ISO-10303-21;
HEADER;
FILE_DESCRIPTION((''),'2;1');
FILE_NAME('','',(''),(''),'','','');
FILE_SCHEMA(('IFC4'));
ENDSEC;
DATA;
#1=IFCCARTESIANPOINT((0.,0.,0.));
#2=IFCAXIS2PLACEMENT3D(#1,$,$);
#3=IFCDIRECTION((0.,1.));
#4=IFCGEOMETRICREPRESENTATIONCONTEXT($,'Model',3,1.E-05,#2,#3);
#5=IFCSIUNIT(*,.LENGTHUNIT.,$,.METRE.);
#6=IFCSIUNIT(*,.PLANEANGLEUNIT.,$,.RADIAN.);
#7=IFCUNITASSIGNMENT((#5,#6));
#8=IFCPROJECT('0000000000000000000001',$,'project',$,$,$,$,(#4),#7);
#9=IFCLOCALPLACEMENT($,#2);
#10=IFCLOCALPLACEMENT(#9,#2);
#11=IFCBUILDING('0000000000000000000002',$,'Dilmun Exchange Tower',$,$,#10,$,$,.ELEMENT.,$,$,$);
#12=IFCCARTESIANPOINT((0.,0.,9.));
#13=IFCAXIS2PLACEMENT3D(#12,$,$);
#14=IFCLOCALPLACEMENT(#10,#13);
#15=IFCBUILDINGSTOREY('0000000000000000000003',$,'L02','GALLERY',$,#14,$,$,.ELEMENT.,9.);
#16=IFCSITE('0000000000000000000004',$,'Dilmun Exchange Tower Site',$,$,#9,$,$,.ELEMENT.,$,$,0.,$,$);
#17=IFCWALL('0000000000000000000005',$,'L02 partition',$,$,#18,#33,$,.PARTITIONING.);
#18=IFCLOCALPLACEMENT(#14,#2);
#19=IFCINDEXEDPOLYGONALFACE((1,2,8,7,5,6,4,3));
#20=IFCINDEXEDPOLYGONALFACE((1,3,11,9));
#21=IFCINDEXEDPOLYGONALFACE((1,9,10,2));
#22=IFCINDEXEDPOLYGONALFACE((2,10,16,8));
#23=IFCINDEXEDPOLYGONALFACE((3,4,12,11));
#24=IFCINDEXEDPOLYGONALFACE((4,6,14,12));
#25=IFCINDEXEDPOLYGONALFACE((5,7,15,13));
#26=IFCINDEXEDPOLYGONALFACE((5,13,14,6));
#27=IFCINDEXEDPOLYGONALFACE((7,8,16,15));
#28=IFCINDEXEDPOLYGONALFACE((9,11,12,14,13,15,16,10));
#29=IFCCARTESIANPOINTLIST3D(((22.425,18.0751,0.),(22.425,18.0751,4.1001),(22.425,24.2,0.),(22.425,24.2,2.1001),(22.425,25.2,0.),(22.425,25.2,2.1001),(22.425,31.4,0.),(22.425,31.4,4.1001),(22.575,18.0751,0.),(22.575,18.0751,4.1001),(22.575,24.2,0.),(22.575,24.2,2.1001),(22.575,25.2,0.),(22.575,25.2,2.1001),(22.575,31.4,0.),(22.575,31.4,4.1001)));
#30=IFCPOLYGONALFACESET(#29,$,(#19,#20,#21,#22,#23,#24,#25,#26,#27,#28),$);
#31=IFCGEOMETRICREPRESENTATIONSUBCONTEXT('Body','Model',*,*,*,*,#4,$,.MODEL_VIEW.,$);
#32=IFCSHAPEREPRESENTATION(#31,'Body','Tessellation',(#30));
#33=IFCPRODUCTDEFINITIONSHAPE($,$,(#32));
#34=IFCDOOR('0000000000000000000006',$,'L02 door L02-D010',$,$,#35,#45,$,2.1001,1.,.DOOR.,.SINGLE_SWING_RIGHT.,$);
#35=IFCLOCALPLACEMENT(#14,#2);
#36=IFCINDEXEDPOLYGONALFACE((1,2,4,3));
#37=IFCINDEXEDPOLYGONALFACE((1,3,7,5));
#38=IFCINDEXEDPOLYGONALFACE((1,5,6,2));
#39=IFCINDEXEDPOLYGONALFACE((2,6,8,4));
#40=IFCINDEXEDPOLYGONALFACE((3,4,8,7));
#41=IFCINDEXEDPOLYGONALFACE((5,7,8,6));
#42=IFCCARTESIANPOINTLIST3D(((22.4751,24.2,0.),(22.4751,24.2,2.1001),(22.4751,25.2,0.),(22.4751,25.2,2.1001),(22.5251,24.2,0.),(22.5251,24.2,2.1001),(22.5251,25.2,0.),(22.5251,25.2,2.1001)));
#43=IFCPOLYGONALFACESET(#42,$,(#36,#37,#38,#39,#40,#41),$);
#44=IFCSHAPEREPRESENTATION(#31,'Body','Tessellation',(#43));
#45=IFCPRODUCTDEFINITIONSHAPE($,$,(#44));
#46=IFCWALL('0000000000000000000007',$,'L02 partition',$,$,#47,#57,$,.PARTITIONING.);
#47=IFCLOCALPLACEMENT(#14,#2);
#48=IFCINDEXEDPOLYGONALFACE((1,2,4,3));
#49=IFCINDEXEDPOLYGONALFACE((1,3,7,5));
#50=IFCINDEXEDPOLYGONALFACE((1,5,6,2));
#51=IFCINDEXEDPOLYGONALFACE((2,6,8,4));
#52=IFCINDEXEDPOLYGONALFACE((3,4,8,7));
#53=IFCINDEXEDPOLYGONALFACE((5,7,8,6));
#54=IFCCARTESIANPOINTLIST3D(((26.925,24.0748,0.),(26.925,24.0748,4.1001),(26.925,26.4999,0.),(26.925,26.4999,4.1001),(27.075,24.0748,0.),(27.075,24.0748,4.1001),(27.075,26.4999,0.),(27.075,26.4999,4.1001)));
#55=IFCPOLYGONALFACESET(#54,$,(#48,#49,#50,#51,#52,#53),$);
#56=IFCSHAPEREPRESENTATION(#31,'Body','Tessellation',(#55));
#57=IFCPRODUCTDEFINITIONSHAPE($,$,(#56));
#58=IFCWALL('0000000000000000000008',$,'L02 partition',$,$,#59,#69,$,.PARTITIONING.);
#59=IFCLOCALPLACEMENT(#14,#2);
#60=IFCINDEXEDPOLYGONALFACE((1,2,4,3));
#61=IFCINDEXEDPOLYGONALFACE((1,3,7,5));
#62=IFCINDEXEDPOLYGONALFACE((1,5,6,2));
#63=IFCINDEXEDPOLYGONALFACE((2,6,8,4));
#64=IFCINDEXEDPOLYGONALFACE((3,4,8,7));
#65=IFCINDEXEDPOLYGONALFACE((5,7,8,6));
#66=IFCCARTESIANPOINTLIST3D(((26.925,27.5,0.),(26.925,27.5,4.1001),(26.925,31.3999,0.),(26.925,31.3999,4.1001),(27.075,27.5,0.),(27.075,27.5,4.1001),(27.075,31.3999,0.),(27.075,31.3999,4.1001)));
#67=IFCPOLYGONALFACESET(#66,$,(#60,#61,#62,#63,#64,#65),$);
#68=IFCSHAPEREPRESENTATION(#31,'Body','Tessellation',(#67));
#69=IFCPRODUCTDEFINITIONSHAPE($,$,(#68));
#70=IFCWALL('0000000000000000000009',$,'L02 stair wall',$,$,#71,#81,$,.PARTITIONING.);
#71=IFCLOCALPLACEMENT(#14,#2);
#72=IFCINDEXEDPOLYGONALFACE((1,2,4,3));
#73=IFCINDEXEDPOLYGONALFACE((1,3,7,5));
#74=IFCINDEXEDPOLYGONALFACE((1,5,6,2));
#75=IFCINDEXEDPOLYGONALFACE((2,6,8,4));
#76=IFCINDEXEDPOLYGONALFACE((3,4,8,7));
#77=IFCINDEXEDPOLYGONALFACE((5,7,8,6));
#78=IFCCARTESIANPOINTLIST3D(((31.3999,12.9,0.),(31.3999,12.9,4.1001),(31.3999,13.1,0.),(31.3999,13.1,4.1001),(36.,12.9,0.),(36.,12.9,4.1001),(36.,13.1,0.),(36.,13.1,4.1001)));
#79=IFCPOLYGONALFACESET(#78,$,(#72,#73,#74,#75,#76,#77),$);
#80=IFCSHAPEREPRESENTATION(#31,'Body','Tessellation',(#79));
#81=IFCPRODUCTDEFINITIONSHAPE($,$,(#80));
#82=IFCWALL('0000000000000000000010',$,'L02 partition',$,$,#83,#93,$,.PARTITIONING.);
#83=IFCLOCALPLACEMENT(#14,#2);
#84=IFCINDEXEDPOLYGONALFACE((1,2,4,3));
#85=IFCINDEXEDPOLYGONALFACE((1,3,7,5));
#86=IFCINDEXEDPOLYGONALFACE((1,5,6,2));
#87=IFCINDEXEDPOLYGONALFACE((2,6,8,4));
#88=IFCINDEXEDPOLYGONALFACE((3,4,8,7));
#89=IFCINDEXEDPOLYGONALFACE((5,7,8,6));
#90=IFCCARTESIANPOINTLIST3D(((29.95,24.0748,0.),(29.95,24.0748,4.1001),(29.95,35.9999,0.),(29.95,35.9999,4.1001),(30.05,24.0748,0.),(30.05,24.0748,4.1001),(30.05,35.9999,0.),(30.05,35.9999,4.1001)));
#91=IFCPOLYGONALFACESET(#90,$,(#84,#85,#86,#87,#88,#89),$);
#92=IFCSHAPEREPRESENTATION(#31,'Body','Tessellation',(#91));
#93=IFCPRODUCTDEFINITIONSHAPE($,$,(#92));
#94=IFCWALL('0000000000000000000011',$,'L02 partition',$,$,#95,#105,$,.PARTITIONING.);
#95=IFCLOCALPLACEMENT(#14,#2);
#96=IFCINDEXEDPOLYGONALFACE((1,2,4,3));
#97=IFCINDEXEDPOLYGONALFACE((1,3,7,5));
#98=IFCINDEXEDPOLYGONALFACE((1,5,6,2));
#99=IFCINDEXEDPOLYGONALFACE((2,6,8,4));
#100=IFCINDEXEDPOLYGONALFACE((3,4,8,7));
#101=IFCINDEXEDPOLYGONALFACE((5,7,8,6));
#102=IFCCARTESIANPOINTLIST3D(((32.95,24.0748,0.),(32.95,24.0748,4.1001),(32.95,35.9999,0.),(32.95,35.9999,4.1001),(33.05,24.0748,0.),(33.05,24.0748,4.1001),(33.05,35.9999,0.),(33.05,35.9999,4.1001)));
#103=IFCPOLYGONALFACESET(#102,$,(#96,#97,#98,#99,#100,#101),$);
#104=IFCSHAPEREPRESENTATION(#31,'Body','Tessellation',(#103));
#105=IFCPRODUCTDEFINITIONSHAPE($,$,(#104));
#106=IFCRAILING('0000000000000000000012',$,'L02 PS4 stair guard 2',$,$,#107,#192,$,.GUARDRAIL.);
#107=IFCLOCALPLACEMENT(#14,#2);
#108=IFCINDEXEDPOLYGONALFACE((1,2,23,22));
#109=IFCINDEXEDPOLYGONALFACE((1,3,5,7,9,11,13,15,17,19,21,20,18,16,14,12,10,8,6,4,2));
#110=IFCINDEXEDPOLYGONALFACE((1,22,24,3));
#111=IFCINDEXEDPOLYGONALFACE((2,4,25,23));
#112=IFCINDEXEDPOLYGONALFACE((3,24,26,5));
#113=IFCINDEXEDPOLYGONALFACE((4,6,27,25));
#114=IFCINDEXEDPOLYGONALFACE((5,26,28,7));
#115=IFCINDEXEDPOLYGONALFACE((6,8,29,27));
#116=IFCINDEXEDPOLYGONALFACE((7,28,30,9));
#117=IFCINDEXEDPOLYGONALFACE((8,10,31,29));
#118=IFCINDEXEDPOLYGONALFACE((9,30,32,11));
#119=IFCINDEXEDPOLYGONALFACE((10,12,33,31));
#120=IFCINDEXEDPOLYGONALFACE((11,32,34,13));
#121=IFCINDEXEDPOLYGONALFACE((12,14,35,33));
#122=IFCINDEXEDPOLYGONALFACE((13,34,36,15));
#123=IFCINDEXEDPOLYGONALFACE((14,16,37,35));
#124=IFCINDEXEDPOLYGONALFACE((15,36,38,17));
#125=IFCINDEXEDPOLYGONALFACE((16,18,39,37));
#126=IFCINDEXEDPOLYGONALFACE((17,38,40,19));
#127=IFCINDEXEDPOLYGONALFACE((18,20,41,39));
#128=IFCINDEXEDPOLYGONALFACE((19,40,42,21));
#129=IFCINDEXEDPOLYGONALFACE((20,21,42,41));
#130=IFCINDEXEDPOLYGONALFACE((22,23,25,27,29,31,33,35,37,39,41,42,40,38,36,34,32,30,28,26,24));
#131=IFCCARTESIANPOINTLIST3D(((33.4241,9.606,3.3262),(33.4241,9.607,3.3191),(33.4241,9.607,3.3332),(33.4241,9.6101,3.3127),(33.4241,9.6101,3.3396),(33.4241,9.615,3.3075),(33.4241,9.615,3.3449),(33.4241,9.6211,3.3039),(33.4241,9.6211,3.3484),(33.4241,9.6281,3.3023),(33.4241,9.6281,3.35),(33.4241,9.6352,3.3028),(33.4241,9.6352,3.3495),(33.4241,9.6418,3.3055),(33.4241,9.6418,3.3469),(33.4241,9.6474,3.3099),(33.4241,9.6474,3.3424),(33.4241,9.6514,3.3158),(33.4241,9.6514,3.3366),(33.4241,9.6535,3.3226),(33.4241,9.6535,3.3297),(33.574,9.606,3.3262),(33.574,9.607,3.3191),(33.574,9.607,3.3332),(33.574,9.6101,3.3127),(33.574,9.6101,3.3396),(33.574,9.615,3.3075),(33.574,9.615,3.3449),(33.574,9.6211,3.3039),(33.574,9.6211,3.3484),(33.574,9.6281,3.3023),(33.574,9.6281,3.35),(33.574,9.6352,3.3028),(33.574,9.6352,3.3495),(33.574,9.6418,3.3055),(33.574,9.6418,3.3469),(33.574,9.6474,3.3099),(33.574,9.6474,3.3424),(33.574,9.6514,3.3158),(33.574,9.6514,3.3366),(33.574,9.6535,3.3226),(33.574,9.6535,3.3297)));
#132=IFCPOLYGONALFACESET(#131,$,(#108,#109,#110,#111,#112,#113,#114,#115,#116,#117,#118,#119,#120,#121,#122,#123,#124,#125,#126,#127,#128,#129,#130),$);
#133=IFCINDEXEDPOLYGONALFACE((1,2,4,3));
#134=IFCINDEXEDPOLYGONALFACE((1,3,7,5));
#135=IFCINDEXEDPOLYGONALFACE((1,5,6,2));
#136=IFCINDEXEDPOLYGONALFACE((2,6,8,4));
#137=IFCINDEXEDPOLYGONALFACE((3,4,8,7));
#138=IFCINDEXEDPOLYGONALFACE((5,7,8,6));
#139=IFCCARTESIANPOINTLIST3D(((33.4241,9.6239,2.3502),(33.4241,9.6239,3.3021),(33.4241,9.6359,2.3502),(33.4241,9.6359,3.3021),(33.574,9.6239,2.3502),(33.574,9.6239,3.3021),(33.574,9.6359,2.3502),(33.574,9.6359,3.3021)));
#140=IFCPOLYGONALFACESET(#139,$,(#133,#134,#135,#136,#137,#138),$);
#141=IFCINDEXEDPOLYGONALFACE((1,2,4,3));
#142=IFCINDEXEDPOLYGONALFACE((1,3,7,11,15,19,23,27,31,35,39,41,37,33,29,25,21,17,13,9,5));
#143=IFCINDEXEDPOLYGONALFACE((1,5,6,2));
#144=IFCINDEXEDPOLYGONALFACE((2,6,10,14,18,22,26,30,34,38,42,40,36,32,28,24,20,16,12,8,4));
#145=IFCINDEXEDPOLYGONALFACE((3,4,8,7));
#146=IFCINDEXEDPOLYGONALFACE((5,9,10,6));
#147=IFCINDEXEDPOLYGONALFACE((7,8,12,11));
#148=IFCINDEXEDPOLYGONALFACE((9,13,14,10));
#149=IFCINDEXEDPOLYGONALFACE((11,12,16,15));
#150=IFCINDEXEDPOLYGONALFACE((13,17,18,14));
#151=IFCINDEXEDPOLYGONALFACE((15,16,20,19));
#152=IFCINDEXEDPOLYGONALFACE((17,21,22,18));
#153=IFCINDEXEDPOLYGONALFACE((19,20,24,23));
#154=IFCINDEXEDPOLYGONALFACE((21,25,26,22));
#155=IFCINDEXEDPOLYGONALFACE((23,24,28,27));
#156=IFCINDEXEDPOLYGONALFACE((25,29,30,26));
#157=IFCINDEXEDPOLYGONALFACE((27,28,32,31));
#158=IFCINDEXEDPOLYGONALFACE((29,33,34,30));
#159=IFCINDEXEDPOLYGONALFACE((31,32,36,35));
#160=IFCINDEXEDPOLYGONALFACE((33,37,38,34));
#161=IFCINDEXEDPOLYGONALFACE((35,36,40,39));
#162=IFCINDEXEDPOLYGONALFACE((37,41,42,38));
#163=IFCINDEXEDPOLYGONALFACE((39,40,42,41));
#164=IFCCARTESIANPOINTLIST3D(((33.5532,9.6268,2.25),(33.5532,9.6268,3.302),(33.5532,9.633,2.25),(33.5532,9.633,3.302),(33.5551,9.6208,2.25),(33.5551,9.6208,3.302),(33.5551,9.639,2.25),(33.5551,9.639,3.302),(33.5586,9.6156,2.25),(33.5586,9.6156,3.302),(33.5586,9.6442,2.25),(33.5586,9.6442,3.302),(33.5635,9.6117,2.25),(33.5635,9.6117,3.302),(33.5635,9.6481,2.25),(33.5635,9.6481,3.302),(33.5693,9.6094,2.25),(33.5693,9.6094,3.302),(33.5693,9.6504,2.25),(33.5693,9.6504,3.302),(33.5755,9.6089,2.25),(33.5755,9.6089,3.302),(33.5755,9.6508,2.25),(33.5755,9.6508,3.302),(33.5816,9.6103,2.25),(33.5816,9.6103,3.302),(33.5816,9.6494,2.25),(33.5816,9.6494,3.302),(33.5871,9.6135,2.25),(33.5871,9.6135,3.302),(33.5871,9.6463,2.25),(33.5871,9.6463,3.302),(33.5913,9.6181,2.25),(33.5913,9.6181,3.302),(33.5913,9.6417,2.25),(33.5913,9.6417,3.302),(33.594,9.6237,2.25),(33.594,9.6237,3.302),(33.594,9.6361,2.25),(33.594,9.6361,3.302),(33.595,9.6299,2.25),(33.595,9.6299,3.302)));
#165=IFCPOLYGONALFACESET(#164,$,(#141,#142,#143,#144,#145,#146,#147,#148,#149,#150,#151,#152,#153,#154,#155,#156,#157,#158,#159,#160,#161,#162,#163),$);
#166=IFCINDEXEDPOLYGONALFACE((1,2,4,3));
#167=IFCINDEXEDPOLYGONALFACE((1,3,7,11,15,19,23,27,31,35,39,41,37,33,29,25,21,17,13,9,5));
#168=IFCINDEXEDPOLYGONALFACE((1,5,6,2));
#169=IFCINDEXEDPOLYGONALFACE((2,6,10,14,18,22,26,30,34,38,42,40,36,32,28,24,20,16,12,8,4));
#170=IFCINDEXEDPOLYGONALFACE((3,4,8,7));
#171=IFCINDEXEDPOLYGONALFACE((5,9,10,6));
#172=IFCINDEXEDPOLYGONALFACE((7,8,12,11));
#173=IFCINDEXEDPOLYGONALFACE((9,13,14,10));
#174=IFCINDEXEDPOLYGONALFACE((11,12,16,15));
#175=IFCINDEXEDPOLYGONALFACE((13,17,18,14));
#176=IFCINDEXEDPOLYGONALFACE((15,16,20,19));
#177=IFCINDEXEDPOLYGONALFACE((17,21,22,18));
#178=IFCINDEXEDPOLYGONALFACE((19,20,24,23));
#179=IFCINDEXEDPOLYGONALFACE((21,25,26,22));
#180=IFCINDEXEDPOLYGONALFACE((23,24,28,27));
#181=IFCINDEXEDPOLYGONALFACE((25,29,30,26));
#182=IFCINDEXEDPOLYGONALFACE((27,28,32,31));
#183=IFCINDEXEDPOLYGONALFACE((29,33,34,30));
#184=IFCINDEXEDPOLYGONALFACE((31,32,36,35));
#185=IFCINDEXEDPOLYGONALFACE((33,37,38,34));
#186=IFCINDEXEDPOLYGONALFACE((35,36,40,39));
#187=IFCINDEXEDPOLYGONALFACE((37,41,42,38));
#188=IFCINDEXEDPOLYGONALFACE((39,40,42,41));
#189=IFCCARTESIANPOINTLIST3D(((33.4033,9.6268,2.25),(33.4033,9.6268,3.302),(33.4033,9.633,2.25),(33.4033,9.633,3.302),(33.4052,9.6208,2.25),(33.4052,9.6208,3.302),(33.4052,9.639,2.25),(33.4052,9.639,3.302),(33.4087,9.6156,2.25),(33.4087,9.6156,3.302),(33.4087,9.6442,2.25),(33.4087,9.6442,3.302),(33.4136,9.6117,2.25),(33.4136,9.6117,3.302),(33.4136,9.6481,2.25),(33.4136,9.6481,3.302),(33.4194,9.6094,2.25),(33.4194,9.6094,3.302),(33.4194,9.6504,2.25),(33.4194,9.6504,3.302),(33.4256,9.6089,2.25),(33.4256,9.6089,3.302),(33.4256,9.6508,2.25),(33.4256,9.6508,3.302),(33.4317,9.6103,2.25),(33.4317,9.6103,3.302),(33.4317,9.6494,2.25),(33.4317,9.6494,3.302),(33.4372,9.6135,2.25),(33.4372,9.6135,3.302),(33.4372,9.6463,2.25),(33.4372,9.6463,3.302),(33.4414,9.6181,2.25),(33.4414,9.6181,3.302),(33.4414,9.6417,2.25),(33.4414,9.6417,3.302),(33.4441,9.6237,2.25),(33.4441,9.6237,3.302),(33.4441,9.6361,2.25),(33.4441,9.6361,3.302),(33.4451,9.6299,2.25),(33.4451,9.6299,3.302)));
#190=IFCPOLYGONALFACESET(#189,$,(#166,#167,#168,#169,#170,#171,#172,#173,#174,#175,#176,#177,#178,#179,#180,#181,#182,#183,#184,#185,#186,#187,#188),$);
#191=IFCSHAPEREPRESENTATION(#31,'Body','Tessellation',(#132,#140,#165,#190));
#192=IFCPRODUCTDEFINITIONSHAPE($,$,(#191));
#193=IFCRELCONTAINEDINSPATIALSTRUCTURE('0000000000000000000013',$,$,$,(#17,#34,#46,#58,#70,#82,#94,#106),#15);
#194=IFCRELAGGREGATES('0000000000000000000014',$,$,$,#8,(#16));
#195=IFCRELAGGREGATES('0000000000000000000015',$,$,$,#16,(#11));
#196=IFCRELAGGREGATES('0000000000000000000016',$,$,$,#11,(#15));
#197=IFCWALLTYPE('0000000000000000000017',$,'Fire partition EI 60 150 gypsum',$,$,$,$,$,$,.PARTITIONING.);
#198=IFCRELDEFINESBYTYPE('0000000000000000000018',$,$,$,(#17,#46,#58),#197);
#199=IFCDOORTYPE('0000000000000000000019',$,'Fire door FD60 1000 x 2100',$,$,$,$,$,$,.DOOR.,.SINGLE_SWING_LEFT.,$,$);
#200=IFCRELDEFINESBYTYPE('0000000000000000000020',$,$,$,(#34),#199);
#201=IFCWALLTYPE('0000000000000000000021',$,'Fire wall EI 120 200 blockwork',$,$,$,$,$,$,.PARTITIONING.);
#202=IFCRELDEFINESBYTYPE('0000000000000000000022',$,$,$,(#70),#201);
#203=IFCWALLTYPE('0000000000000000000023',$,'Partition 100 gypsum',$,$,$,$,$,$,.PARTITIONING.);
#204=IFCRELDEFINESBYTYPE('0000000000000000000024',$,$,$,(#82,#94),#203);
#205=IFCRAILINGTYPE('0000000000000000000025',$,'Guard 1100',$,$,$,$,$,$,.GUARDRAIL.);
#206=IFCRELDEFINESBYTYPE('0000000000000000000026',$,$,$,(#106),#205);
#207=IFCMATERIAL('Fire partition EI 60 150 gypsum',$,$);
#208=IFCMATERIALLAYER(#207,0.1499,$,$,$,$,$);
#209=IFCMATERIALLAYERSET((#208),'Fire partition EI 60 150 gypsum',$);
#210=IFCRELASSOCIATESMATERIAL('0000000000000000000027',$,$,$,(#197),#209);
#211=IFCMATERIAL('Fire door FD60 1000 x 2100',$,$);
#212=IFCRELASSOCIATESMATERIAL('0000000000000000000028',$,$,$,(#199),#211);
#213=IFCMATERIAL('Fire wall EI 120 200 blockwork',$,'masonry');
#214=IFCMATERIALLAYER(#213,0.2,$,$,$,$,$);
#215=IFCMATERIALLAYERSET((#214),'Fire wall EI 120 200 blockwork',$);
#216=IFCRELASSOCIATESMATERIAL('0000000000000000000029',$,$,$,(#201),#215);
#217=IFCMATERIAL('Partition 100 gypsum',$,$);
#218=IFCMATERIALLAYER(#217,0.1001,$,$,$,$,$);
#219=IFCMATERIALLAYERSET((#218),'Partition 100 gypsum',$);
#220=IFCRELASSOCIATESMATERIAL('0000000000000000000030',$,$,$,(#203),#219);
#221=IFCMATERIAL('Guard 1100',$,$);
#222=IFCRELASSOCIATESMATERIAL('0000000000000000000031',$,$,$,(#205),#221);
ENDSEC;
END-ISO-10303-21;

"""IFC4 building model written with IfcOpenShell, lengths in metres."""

from ifc_helpers import new_model, si_unit, direction, frame, frame_2d, origin, origin_2d, place, context, subcontext, project, spatial, rectangle, circle, extrude, material, layer, layer_set, type_object, element, fill, save


model = new_model("IFC4")

# Units and contexts
model_context = context("Model", 3, precision=1e-05, world=origin(), true_north=direction((0.0, 1.0)))
body_context = subcontext(model_context, "Body", "Model", "MODEL_VIEW")
ifc_project = project(units=[si_unit("LENGTHUNIT", "METRE"), si_unit("PLANEANGLEUNIT", "RADIAN")], contexts=[model_context])

# Site, building, storey
site_placement = place(None, origin())
site = spatial("IfcSite", under=ifc_project, at=site_placement, Name="Dilmun Exchange Tower Site", CompositionType="ELEMENT", RefElevation=0.0)
building_placement = place(site_placement, origin())
building = spatial("IfcBuilding", under=site, at=building_placement, Name="Dilmun Exchange Tower", CompositionType="ELEMENT")
storey_placement = place(building_placement, frame((0.0, 0.0, 9.0)))
storey = spatial("IfcBuildingStorey", under=building, at=storey_placement, Name="L02", Description="GALLERY", CompositionType="ELEMENT", Elevation=9.0)

# Shared definitions
ifc_material_1 = material(Name="Fire partition EI 60 150 gypsum")
ifc_layer_1 = layer(ifc_material_1, 0.1499)
ifc_layer_set_1 = layer_set([ifc_layer_1], Name="Fire partition EI 60 150 gypsum")
wall_type_1 = type_object("IfcWallType", Name="Fire partition EI 60 150 gypsum", PredefinedType="PARTITIONING", material=ifc_layer_set_1)

# Wall, opening, door
wall_1_placement = place(storey_placement, frame((22.5, 18.075, 0.0), z_axis=(0.0, 0.0, 1.0), x_axis=(0.0, 1.0, 0.0)))
wall_1 = element("IfcWall", 1, at=wall_1_placement, inside=storey, type_object=wall_type_1, Name="L02 partition", PredefinedType="PARTITIONING", context=body_context, shape_type="SweptSolid", body=[
    extrude(rectangle(XDim=13.325, YDim=0.1499, at=frame_2d((6.6626, 0.0))), origin(), (0.0, 0.0, 1.0), 4.1001),
])
opening_1_placement = place(wall_1_placement, frame((6.125, 0.0, 0.0)))
opening_1 = element("IfcOpeningElement", 2, at=opening_1_placement, cuts=wall_1, PredefinedType="OPENING", context=body_context, shape_type="SweptSolid", body=[
    extrude(rectangle(XDim=1.0, YDim=2.1001, at=frame_2d((0.5, 1.05))), frame((0.0, 0.085, 0.0), z_axis=(0.0, -1.0, 0.0), x_axis=(1.0, 0.0, 0.0)), (0.0, 0.0, 1.0), 0.1699),
])
ifc_material_2 = material(Name="Fire door FD60 1000 x 2100")
door_type_1 = type_object("IfcDoorType", Name="Fire door FD60 1000 x 2100", OperationType="SINGLE_SWING_LEFT", PredefinedType="DOOR", material=ifc_material_2)
door_1_placement = place(opening_1_placement, origin())
door_1 = element("IfcDoor", 3, at=door_1_placement, inside=storey, type_object=door_type_1, Name="L02 door L02-D010", OperationType="SINGLE_SWING_RIGHT", OverallHeight=2.1001, OverallWidth=1.0, PredefinedType="DOOR", context=body_context, shape_type="SweptSolid", body=[
    extrude(rectangle(XDim=1.0, YDim=2.1001, at=frame_2d((0.5, 1.05))), frame((0.0, 0.0249, 0.0), z_axis=(0.0, -1.0, 0.0), x_axis=(1.0, 0.0, 0.0)), (0.0, 0.0, 1.0), 0.05),
])
fill(opening_1, door_1)

# Walls
wall_2_placement = place(storey_placement, frame((27.0, 24.075, 0.0), z_axis=(0.0, 0.0, 1.0), x_axis=(0.0, 1.0, 0.0)))
element("IfcWall", 4, at=wall_2_placement, inside=storey, type_object=wall_type_1, Name="L02 partition", PredefinedType="PARTITIONING", context=body_context, shape_type="SweptSolid", body=[
    extrude(rectangle(XDim=2.425, YDim=0.1499, at=frame_2d((1.2124, 0.0))), origin(), (0.0, 0.0, 1.0), 4.1001),
])
wall_3_placement = place(storey_placement, frame((27.0, 27.5, 0.0), z_axis=(0.0, 0.0, 1.0), x_axis=(0.0, 1.0, 0.0)))
element("IfcWall", 5, at=wall_3_placement, inside=storey, type_object=wall_type_1, Name="L02 partition", PredefinedType="PARTITIONING", context=body_context, shape_type="SweptSolid", body=[
    extrude(rectangle(XDim=3.8999, YDim=0.1499, at=frame_2d((1.95, 0.0))), origin(), (0.0, 0.0, 1.0), 4.1001),
])
ifc_material_3 = material(Name="Fire wall EI 120 200 blockwork", Category="masonry")
ifc_layer_2 = layer(ifc_material_3, 0.2)
ifc_layer_set_2 = layer_set([ifc_layer_2], Name="Fire wall EI 120 200 blockwork")
wall_type_2 = type_object("IfcWallType", Name="Fire wall EI 120 200 blockwork", PredefinedType="PARTITIONING", material=ifc_layer_set_2)
wall_4_placement = place(storey_placement, frame((31.3999, 13.0, 0.0), z_axis=(0.0, 0.0, 1.0), x_axis=(1.0, 0.0, 0.0)))
element("IfcWall", 6, at=wall_4_placement, inside=storey, type_object=wall_type_2, Name="L02 stair wall", PredefinedType="PARTITIONING", context=body_context, shape_type="SweptSolid", body=[
    extrude(rectangle(XDim=4.6001, YDim=0.2, at=frame_2d((2.3, 0.0))), origin(), (0.0, 0.0, 1.0), 4.1001),
])
ifc_material_4 = material(Name="Partition 100 gypsum")
ifc_layer_3 = layer(ifc_material_4, 0.1001)
ifc_layer_set_3 = layer_set([ifc_layer_3], Name="Partition 100 gypsum")
wall_type_3 = type_object("IfcWallType", Name="Partition 100 gypsum", PredefinedType="PARTITIONING", material=ifc_layer_set_3)
for number, where, z_axis, x_axis, name in (
    (7, (30.0, 24.075, 0.0), (0.0, 0.0, 1.0), (0.0, 1.0, 0.0), "L02 partition"),
    (8, (33.0, 24.075, 0.0), (0.0, 0.0, 1.0), (0.0, 1.0, 0.0), "L02 partition"),
):
    element("IfcWall", number, at=place(storey_placement, frame(where, z_axis=z_axis, x_axis=x_axis)), inside=storey, type_object=wall_type_3, Name=name, PredefinedType="PARTITIONING", context=body_context, shape_type="SweptSolid", body=[
        extrude(rectangle(XDim=11.925, YDim=0.1001, at=frame_2d((5.9624, 0.0))), origin(), (0.0, 0.0, 1.0), 4.1001),
    ])

# Railing
ifc_material_5 = material(Name="Guard 1100")
railing_type = type_object("IfcRailingType", Name="Guard 1100", PredefinedType="GUARDRAIL", material=ifc_material_5)
railing_placement = place(storey_placement, frame((33.574, 9.6299, 2.25)))
element("IfcRailing", 9, at=railing_placement, inside=storey, type_object=railing_type, Name="L02 PS4 stair guard 2", PredefinedType="GUARDRAIL", context=body_context, shape_type="SweptSolid", body=[
    extrude(circle(Radius=0.0239, at=origin_2d()), frame((0.0, 0.0, 1.0762), z_axis=(-1.0, 0.0, 0.0), x_axis=(0.0, -1.0, 0.0)), (0.0, 0.0, 1.0), 0.1499),
    extrude(rectangle(XDim=0.012, YDim=0.9519, at=origin_2d()), frame((0.0, 0.0, 0.5762), z_axis=(-1.0, 0.0, 0.0), x_axis=(0.0, -1.0, 0.0)), (0.0, 0.0, 1.0), 0.1499),
    extrude(circle(Radius=0.021, at=origin_2d()), origin(), (0.0, 0.0, 1.0), 1.052),
    extrude(circle(Radius=0.021, at=origin_2d()), frame((-0.1499, 0.0, 0.0)), (0.0, 0.0, 1.0), 1.052),
])

save(model, "model.ifc")
